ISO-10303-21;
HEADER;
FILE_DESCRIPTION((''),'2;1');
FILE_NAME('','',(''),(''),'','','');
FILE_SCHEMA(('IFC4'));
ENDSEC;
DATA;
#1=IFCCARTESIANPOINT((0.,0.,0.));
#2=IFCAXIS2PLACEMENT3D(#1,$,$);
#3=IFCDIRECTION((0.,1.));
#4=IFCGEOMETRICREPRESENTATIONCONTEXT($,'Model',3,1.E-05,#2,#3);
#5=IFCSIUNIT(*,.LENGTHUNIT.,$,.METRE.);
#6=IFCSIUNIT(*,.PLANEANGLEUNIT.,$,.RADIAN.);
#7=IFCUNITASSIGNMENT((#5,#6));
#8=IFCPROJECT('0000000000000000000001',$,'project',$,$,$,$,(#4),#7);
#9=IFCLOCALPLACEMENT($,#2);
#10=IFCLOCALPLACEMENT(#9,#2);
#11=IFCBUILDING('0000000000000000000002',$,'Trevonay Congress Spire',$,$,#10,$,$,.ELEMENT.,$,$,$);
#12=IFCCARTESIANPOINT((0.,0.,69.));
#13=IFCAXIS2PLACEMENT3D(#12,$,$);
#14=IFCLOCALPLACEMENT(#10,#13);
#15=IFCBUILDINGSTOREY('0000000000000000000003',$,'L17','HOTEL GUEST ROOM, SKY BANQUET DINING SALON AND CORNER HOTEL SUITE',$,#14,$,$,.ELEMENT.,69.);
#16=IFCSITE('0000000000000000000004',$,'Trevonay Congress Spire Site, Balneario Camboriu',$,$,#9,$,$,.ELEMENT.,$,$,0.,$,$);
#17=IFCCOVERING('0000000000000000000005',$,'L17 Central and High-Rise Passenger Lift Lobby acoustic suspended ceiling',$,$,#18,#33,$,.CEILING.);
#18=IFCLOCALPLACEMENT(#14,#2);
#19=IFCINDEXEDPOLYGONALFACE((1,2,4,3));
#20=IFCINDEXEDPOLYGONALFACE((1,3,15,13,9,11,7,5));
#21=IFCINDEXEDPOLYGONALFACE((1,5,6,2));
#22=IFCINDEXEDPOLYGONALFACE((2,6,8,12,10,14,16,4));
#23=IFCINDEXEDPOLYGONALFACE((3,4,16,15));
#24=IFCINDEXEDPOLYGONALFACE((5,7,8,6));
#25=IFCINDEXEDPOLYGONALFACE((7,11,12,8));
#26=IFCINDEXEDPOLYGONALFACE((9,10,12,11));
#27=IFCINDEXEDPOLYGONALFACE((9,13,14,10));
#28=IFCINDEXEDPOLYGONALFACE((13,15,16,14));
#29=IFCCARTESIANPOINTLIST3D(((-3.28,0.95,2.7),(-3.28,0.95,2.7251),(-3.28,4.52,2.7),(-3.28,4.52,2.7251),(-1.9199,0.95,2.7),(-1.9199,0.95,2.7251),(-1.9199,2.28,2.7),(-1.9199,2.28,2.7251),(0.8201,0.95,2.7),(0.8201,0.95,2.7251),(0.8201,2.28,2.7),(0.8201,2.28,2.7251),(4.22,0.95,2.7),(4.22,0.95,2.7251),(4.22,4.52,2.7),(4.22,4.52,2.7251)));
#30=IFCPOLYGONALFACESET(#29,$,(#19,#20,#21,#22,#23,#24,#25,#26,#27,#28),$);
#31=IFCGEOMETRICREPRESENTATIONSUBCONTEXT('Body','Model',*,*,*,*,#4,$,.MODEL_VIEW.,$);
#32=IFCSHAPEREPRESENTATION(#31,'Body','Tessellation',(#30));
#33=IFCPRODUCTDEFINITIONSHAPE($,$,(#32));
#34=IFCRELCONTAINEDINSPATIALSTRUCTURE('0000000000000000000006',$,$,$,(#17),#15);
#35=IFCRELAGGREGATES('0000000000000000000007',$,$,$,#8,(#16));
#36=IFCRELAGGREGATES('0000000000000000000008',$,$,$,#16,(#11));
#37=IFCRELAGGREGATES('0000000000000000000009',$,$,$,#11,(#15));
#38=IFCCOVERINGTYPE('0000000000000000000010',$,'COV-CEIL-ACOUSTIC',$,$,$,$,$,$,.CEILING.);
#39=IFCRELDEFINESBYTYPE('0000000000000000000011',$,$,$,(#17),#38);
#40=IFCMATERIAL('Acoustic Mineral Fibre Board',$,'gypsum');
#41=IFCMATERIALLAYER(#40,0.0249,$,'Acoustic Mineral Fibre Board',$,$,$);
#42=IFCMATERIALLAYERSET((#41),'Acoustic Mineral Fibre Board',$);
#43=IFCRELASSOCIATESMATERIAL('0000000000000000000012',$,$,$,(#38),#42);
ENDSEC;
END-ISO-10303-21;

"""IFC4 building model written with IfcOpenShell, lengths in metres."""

from ifc_helpers import new_model, si_unit, direction, frame, origin, place, context, subcontext, project, spatial, polyline, outline, extrude, material, layer, layer_set, type_object, element, save


model = new_model("IFC4")

# Units and contexts
model_context = context("Model", 3, precision=1e-05, world=origin(), true_north=direction((0.0, 1.0)))
body_context = subcontext(model_context, "Body", "Model", "MODEL_VIEW")
ifc_project = project(units=[si_unit("LENGTHUNIT", "METRE"), si_unit("PLANEANGLEUNIT", "RADIAN")], contexts=[model_context])

# Site, building, storey
site_placement = place(None, origin())
site = spatial("IfcSite", under=ifc_project, at=site_placement, Name="Trevonay Congress Spire Site, Balneario Camboriu", CompositionType="ELEMENT", RefElevation=0.0)
building_placement = place(site_placement, origin())
building = spatial("IfcBuilding", under=site, at=building_placement, Name="Trevonay Congress Spire", CompositionType="ELEMENT")
storey_placement = place(building_placement, frame((0.0, 0.0, 69.0)))
storey = spatial("IfcBuildingStorey", under=building, at=storey_placement, Name="L17", Description="HOTEL GUEST ROOM, SKY BANQUET DINING SALON AND CORNER HOTEL SUITE", CompositionType="ELEMENT", Elevation=69.0)

# Covering
ifc_material_1 = material(Name="Acoustic Mineral Fibre Board", Category="gypsum")
ifc_layer_1 = layer(ifc_material_1, 0.0249, Name="Acoustic Mineral Fibre Board")
ifc_layer_set_1 = layer_set([ifc_layer_1], Name="Acoustic Mineral Fibre Board")
covering_type = type_object("IfcCoveringType", Name="COV-CEIL-ACOUSTIC", PredefinedType="CEILING", material=ifc_layer_set_1)
covering_placement = place(storey_placement, frame((0.0, 0.0, 2.7)))
element("IfcCovering", 1, at=covering_placement, inside=storey, type_object=covering_type, Name="L17 Central and High-Rise Passenger Lift Lobby acoustic suspended ceiling", PredefinedType="CEILING", context=body_context, shape_type="SweptSolid", body=[
    extrude(outline(polyline([(-3.28, 0.95), (-1.9199, 0.95), (-1.9199, 2.28), (0.8201, 2.28), (0.8201, 0.95), (4.22, 0.95), (4.22, 4.52), (-3.28, 4.52), (-3.28, 0.95)])), origin(), (0.0, 0.0, 1.0), 0.0251),
])

save(model, "model.ifc")
